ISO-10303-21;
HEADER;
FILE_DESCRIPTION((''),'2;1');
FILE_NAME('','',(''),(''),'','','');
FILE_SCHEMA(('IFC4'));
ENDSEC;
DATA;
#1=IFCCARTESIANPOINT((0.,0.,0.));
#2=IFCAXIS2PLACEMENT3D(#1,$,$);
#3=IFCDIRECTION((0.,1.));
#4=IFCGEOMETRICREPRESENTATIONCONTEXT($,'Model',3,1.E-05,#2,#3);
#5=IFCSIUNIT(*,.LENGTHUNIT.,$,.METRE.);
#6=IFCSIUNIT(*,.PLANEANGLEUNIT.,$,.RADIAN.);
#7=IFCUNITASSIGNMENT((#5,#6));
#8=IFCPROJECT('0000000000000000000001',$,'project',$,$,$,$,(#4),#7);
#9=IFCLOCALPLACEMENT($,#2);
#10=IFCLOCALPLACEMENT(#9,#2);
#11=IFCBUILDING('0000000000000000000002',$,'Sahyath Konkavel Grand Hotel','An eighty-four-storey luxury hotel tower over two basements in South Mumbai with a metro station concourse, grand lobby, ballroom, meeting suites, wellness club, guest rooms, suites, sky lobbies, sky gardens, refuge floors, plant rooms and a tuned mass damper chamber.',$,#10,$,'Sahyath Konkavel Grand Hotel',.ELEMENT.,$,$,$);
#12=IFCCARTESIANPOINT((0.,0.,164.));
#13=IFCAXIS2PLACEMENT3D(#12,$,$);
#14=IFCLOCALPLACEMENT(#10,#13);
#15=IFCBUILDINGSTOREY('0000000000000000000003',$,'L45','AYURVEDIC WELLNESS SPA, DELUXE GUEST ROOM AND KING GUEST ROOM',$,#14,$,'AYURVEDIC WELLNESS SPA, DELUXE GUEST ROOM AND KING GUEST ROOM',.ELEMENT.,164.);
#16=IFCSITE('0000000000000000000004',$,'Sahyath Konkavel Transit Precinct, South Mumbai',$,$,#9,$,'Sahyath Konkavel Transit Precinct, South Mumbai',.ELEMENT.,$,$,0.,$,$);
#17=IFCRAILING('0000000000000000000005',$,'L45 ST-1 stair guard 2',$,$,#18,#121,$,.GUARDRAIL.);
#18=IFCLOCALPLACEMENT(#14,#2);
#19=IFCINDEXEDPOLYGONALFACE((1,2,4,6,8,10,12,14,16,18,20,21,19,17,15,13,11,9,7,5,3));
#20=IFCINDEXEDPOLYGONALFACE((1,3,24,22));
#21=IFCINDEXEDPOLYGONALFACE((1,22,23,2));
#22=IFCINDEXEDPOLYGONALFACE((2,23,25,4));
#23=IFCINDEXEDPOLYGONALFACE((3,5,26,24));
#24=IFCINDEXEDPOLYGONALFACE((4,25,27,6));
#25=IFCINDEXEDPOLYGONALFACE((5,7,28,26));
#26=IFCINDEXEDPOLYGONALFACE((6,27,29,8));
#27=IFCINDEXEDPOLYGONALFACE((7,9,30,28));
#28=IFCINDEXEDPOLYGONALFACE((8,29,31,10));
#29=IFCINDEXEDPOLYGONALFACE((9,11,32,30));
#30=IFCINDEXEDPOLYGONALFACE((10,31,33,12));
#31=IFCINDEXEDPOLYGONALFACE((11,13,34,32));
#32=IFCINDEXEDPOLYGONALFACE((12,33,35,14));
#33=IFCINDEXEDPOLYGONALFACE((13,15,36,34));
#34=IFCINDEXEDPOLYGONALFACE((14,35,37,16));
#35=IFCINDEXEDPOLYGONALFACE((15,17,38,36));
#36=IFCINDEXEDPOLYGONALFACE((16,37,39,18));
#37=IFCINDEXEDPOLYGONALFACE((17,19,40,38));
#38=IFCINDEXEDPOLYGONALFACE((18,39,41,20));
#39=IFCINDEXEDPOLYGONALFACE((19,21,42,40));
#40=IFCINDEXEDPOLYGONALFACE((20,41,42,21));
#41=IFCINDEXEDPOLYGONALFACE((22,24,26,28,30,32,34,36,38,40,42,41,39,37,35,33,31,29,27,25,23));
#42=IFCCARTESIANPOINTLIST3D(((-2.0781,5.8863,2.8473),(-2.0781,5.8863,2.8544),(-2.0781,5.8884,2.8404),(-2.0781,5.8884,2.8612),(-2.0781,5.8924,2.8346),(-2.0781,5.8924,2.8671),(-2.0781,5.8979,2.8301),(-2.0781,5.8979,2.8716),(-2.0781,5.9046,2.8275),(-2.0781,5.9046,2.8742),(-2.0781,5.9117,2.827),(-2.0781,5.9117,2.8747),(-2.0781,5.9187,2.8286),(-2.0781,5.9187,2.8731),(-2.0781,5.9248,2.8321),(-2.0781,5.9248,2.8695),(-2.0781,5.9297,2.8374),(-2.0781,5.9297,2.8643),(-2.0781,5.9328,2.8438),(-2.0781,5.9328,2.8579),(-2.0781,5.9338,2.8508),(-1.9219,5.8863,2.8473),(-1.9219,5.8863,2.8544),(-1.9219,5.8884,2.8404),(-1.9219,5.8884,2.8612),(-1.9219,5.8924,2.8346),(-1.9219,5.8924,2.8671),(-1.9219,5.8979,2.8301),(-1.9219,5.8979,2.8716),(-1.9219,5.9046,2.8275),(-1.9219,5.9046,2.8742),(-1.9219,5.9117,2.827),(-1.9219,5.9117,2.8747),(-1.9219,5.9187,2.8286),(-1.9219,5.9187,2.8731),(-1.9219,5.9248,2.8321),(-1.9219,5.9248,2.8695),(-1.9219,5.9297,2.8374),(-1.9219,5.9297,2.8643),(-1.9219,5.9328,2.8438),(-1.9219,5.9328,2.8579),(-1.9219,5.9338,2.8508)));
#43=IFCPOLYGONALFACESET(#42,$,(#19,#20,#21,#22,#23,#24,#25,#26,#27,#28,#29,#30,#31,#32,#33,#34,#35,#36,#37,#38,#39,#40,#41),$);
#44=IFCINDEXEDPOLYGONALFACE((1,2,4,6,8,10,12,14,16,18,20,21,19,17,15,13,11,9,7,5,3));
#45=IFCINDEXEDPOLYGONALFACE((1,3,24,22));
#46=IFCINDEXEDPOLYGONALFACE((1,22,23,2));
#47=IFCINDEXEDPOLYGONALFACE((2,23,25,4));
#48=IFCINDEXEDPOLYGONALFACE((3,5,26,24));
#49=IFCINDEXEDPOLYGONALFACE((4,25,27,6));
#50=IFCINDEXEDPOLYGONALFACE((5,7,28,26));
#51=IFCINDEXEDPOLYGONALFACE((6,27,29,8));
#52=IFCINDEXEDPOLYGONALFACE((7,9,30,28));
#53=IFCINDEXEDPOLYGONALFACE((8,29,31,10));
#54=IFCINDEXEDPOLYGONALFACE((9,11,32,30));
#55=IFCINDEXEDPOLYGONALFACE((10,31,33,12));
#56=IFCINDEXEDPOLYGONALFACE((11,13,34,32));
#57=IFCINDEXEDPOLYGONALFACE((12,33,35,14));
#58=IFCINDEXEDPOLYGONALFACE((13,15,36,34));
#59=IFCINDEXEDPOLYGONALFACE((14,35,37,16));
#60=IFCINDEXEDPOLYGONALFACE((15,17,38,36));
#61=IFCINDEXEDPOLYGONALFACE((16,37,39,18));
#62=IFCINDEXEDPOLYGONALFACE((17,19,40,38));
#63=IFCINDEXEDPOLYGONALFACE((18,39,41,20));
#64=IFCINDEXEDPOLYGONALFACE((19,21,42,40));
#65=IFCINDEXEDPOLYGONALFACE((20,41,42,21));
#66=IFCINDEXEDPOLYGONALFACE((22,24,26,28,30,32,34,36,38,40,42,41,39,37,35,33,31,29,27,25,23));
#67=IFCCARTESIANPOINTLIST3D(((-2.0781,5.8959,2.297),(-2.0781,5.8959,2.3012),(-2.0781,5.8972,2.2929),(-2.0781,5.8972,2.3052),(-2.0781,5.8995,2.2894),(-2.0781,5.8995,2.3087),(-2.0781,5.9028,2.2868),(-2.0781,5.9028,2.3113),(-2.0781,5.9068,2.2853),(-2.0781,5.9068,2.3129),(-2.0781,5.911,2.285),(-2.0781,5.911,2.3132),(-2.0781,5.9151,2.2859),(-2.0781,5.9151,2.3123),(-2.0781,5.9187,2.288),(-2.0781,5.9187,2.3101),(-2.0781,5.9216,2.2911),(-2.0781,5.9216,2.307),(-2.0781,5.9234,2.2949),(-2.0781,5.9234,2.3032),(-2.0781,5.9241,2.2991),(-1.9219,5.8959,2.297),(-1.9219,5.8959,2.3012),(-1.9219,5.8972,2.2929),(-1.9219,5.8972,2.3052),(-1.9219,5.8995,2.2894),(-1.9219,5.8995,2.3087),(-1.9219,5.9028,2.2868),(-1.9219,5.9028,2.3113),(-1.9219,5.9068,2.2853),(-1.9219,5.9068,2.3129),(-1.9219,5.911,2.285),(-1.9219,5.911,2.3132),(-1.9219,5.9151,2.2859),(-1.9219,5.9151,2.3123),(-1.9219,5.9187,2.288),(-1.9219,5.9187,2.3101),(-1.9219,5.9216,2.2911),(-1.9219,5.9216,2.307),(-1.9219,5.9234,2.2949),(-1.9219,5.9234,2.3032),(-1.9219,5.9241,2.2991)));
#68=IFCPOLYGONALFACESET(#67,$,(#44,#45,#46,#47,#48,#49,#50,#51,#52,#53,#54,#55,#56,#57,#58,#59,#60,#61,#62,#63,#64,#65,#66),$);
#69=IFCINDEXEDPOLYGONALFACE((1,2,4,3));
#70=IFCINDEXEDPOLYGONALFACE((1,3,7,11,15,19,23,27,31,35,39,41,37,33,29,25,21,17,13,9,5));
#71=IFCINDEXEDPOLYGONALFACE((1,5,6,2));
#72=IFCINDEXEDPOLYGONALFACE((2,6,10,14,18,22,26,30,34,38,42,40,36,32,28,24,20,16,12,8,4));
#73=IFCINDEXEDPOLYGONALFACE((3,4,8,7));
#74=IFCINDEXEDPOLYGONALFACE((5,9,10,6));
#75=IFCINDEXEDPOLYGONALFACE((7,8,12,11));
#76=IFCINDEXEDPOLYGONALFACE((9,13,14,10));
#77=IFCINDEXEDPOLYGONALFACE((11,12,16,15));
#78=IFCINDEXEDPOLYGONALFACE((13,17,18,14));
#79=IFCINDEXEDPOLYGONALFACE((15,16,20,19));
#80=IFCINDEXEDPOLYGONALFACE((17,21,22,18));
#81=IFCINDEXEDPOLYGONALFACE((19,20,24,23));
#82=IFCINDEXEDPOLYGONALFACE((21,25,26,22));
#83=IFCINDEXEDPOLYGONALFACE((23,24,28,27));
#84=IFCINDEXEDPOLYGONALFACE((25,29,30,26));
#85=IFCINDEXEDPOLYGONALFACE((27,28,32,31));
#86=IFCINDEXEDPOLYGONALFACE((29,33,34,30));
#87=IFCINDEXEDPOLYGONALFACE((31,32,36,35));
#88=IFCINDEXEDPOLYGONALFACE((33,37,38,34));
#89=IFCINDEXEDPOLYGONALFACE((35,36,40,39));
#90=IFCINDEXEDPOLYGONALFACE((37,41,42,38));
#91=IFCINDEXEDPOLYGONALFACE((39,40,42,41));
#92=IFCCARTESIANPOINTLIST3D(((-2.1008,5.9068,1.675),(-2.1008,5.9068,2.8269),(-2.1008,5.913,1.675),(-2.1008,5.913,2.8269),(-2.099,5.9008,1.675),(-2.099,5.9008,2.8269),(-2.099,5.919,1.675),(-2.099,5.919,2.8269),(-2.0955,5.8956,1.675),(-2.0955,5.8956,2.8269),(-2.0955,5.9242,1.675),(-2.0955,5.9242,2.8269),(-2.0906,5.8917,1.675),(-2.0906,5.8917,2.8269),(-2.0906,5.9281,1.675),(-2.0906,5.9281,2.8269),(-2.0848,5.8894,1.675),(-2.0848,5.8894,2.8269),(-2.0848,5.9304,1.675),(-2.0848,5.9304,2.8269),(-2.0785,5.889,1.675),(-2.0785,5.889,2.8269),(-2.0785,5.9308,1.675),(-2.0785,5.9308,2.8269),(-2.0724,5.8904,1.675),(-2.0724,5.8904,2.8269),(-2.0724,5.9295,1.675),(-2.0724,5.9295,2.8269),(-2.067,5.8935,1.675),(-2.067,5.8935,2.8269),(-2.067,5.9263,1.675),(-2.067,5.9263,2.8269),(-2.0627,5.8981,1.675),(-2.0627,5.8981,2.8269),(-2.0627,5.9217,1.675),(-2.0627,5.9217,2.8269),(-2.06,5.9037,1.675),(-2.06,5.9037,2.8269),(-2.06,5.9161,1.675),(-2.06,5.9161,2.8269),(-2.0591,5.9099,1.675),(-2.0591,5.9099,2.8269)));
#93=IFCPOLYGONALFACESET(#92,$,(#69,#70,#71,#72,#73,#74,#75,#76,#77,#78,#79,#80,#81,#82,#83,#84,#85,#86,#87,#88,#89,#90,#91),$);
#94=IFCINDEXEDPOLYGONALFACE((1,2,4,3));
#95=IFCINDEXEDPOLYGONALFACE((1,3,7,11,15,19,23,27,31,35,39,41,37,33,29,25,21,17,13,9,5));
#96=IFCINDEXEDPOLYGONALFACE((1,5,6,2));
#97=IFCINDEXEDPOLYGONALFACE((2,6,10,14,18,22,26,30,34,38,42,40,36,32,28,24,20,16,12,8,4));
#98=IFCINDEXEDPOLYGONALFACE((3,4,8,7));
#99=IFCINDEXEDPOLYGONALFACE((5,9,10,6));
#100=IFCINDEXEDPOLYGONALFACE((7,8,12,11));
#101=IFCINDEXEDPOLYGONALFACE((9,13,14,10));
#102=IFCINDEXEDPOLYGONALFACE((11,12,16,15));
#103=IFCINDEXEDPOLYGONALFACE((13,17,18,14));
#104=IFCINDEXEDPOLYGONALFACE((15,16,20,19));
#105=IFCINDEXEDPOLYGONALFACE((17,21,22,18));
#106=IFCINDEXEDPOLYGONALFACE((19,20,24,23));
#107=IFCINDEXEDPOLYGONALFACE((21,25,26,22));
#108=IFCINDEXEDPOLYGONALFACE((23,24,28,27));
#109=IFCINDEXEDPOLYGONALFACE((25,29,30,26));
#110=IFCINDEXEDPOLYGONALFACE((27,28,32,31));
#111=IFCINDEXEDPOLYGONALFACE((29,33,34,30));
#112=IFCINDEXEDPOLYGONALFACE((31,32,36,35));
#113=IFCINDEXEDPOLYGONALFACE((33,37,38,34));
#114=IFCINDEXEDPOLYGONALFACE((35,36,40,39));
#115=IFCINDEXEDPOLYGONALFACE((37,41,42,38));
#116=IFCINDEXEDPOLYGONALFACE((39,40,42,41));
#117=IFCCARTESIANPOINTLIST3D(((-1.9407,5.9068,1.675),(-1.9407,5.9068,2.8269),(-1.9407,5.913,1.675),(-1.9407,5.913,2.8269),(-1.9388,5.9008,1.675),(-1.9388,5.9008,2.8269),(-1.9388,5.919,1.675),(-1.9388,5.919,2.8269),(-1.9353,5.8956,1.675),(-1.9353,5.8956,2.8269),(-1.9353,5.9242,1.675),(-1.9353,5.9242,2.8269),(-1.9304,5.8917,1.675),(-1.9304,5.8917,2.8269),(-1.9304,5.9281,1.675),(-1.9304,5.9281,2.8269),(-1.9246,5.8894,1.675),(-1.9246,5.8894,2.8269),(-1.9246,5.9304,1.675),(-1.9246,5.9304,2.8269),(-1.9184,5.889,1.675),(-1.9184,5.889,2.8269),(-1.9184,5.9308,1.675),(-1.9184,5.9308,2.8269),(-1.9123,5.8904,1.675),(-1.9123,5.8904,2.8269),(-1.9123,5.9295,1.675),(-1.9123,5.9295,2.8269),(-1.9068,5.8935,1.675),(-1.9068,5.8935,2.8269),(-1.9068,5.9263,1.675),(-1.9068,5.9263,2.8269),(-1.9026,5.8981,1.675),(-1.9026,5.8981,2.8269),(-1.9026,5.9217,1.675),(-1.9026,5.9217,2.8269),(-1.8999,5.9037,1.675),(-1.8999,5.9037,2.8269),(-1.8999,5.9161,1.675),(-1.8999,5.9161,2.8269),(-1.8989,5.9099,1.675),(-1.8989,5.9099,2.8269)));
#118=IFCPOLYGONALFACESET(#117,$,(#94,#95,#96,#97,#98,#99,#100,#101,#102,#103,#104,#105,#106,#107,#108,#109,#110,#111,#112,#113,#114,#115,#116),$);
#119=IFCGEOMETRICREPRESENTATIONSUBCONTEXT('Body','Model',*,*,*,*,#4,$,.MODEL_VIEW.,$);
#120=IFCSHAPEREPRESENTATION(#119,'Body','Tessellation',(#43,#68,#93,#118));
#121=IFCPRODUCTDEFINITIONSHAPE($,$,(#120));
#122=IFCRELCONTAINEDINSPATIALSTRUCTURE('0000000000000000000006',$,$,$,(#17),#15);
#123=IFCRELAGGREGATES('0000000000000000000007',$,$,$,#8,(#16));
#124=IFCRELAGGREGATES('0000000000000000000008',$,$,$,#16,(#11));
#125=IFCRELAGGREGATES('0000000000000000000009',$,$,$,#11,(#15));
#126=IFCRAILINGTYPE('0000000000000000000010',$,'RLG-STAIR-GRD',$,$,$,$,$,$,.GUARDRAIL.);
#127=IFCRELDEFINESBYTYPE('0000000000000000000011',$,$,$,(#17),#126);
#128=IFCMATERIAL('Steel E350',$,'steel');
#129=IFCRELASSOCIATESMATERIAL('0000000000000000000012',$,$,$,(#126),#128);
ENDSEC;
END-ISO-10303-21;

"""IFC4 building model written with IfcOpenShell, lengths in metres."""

from ifc_helpers import new_model, si_unit, direction, frame, origin, origin_2d, place, context, subcontext, project, spatial, circle, extrude, material, type_object, element, save


model = new_model("IFC4")

# Units and contexts
model_context = context("Model", 3, precision=1e-05, world=origin(), true_north=direction((0.0, 1.0)))
body_context = subcontext(model_context, "Body", "Model", "MODEL_VIEW")
ifc_project = project(units=[si_unit("LENGTHUNIT", "METRE"), si_unit("PLANEANGLEUNIT", "RADIAN")], contexts=[model_context])

# Site, building, storey
site_placement = place(None, origin())
site = spatial("IfcSite", under=ifc_project, at=site_placement, Name="Sahyath Konkavel Transit Precinct, South Mumbai", LongName="Sahyath Konkavel Transit Precinct, South Mumbai", CompositionType="ELEMENT", RefElevation=0.0)
building_placement = place(site_placement, origin())
building = spatial("IfcBuilding", under=site, at=building_placement, Name="Sahyath Konkavel Grand Hotel", Description="An eighty-four-storey luxury hotel tower over two basements in South Mumbai with a metro station concourse, grand lobby, ballroom, meeting suites, wellness club, guest rooms, suites, sky lobbies, sky gardens, refuge floors, plant rooms and a tuned mass damper chamber.", LongName="Sahyath Konkavel Grand Hotel", CompositionType="ELEMENT")
storey_placement = place(building_placement, frame((0.0, 0.0, 164.0)))
storey = spatial("IfcBuildingStorey", under=building, at=storey_placement, Name="L45", Description="AYURVEDIC WELLNESS SPA, DELUXE GUEST ROOM AND KING GUEST ROOM", LongName="AYURVEDIC WELLNESS SPA, DELUXE GUEST ROOM AND KING GUEST ROOM", CompositionType="ELEMENT", Elevation=164.0)

# Shared definitions
ifc_material_1 = material(Name="Steel E350", Category="steel")

# Railing
railing_type = type_object("IfcRailingType", Name="RLG-STAIR-GRD", PredefinedType="GUARDRAIL", material=ifc_material_1)
railing_1_placement = place(storey_placement, frame((-2.0801, 5.9099, 1.675)))
element("IfcRailing", 1, at=railing_1_placement, inside=storey, type_object=railing_type, Name="L45 ST-1 stair guard 2", PredefinedType="GUARDRAIL", context=body_context, shape_type="SweptSolid", body=[
    extrude(circle(Radius=0.0239, at=origin_2d()), frame((0.002, 0.0, 1.1758), z_axis=(1.0, 0.0, 0.0), x_axis=(0.0, 1.0, 0.0)), (0.0, 0.0, 1.0), 0.1562),
    extrude(circle(Radius=0.0142, at=origin_2d()), frame((0.002, 0.0, 0.624), z_axis=(1.0, 0.0, 0.0), x_axis=(0.0, 1.0, 0.0)), (0.0, 0.0, 1.0), 0.1562),
    extrude(circle(Radius=0.021, at=origin_2d()), origin(), (0.0, 0.0, 1.0), 1.1519),
    extrude(circle(Radius=0.021, at=origin_2d()), frame((0.1602, 0.0, 0.0)), (0.0, 0.0, 1.0), 1.1519),
])

save(model, "model.ifc")
